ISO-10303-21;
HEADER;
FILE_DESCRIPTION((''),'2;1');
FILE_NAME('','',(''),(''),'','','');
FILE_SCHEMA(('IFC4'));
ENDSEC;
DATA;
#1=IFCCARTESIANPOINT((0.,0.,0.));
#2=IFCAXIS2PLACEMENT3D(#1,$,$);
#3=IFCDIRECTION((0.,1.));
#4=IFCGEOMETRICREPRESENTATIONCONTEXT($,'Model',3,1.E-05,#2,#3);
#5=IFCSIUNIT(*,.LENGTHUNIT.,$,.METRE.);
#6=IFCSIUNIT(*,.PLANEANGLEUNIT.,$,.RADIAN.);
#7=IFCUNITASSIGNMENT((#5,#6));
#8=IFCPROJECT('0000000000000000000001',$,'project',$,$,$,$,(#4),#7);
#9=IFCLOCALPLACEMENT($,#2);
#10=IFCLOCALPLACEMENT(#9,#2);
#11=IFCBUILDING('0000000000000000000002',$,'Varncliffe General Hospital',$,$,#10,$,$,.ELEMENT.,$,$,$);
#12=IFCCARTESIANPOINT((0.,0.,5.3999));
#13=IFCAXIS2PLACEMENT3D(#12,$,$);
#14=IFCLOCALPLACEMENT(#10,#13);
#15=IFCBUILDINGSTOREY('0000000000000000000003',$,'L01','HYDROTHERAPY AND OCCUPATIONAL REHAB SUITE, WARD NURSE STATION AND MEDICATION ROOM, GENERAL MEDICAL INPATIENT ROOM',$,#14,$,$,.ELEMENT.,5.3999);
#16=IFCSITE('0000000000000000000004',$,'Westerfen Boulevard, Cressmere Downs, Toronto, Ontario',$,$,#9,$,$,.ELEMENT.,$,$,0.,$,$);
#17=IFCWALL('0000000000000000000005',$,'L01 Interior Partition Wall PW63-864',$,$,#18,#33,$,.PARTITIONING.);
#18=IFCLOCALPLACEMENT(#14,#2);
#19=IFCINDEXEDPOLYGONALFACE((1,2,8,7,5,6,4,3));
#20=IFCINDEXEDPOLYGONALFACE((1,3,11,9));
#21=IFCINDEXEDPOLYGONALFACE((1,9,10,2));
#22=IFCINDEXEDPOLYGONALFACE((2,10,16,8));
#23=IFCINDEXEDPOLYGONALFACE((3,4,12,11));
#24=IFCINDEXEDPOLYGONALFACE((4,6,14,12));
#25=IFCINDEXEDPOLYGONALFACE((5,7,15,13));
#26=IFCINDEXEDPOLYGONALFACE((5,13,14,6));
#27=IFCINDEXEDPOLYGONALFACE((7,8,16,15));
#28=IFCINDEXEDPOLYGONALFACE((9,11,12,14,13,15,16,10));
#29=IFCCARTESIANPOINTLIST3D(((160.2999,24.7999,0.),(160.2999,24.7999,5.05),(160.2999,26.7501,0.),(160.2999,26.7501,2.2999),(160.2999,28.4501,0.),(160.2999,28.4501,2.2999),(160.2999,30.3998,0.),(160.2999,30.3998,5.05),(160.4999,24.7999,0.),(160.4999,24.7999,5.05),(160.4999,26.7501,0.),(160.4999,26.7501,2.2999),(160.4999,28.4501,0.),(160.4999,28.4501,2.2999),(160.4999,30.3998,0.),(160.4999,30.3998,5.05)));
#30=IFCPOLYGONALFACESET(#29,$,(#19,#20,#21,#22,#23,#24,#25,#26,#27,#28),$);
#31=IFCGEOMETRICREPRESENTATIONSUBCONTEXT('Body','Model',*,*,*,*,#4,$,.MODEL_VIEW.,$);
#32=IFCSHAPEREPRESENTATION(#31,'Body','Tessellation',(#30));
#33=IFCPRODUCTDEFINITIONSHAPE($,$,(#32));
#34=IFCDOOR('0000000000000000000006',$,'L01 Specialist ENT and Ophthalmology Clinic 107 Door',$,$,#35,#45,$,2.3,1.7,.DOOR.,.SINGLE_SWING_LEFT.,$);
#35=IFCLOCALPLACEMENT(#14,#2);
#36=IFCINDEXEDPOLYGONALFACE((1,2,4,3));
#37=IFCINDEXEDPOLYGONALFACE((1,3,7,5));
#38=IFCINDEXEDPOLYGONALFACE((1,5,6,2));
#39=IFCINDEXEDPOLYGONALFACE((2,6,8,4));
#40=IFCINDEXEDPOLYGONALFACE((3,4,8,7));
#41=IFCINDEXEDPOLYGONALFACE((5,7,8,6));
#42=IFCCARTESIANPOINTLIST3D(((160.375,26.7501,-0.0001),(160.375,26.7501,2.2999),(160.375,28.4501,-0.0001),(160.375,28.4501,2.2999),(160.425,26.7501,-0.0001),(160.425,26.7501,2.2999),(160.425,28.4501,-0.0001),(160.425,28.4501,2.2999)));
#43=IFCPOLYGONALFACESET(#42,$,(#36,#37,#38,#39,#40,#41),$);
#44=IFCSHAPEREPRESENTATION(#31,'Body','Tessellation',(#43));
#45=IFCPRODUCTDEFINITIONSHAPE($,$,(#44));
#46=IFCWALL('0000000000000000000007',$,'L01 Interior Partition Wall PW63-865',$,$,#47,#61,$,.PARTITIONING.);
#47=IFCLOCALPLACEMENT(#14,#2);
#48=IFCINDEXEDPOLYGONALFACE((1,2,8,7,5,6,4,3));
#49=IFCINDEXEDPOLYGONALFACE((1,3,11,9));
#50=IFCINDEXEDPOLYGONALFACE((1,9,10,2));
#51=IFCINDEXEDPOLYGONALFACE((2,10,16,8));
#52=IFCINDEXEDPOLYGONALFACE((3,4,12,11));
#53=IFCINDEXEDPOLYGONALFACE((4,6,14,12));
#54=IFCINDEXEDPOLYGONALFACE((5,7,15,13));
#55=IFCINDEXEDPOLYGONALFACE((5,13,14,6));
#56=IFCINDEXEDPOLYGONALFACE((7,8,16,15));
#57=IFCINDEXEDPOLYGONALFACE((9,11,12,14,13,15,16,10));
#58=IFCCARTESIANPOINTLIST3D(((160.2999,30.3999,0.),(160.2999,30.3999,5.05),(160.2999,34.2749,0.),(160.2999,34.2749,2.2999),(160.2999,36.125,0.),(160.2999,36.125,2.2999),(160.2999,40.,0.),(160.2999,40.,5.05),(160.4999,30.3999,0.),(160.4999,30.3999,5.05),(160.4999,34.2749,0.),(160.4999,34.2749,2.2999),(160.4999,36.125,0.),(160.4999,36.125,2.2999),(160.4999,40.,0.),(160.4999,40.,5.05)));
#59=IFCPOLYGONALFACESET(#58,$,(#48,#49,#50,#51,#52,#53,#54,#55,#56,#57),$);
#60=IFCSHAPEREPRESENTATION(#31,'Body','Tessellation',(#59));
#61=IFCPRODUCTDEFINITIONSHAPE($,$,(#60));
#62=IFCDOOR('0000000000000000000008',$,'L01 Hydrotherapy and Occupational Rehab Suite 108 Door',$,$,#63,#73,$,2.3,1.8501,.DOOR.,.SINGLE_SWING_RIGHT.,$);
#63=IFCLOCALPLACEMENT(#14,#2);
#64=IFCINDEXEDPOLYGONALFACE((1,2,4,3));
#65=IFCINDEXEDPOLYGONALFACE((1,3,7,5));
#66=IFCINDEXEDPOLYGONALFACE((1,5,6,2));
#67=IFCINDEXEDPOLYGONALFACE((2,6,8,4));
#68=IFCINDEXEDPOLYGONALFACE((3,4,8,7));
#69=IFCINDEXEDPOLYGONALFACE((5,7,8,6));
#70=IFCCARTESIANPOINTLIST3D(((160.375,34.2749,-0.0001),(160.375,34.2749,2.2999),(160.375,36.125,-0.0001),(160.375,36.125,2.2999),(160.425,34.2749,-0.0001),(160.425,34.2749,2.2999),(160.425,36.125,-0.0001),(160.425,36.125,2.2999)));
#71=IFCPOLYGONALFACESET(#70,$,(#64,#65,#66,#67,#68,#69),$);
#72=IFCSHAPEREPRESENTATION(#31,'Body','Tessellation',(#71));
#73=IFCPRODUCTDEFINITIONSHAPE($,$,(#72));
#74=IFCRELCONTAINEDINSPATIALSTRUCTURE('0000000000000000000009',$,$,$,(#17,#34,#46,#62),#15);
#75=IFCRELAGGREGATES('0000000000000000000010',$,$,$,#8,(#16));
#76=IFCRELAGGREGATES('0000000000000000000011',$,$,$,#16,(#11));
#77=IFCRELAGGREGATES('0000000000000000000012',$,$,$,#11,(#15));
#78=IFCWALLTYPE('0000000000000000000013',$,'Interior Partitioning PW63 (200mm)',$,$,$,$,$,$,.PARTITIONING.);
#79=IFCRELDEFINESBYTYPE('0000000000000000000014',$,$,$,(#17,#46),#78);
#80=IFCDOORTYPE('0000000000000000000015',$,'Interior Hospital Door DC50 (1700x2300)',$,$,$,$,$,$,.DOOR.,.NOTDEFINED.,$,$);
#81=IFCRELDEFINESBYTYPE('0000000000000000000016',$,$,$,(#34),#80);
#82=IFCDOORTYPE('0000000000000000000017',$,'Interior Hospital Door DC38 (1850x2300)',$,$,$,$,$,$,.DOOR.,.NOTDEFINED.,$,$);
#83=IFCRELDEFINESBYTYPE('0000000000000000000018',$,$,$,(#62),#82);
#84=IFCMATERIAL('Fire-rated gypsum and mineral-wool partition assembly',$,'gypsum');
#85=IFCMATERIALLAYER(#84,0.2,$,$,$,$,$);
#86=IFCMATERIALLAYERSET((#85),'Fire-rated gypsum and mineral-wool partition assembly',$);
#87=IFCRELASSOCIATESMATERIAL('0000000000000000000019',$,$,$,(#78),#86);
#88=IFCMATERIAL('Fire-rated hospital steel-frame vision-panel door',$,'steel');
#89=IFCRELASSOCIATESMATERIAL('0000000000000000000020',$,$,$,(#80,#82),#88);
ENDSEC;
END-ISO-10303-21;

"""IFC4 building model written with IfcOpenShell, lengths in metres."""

from ifc_helpers import new_model, si_unit, direction, frame, frame_2d, origin, place, context, subcontext, project, spatial, rectangle, extrude, material, layer, layer_set, type_object, element, fill, save


model = new_model("IFC4")

# Units and contexts
model_context = context("Model", 3, precision=1e-05, world=origin(), true_north=direction((0.0, 1.0)))
body_context = subcontext(model_context, "Body", "Model", "MODEL_VIEW")
ifc_project = project(units=[si_unit("LENGTHUNIT", "METRE"), si_unit("PLANEANGLEUNIT", "RADIAN")], contexts=[model_context])

# Site, building, storey
site_placement = place(None, origin())
site = spatial("IfcSite", under=ifc_project, at=site_placement, Name="Westerfen Boulevard, Cressmere Downs, Toronto, Ontario", CompositionType="ELEMENT", RefElevation=0.0)
building_placement = place(site_placement, origin())
building = spatial("IfcBuilding", under=site, at=building_placement, Name="Varncliffe General Hospital", CompositionType="ELEMENT")
storey_placement = place(building_placement, frame((0.0, 0.0, 5.3999)))
storey = spatial("IfcBuildingStorey", under=building, at=storey_placement, Name="L01", Description="HYDROTHERAPY AND OCCUPATIONAL REHAB SUITE, WARD NURSE STATION AND MEDICATION ROOM, GENERAL MEDICAL INPATIENT ROOM", CompositionType="ELEMENT", Elevation=5.3999)

# Walls, openings, doors
ifc_material_1 = material(Name="Fire-rated gypsum and mineral-wool partition assembly", Category="gypsum")
ifc_layer_1 = layer(ifc_material_1, 0.2)
ifc_layer_set_1 = layer_set([ifc_layer_1], Name="Fire-rated gypsum and mineral-wool partition assembly")
wall_type_1 = type_object("IfcWallType", Name="Interior Partitioning PW63 (200mm)", PredefinedType="PARTITIONING", material=ifc_layer_set_1)
wall_1_placement = place(storey_placement, frame((160.3999, 24.8, 0.0), z_axis=(0.0, 0.0, 1.0), x_axis=(0.0, 1.0, 0.0)))
wall_1 = element("IfcWall", 1, at=wall_1_placement, inside=storey, type_object=wall_type_1, Name="L01 Interior Partition Wall PW63-864", PredefinedType="PARTITIONING", context=body_context, shape_type="SweptSolid", body=[
    extrude(rectangle(XDim=5.5999, YDim=0.2, at=frame_2d((2.7998, 0.0))), origin(), (0.0, 0.0, 1.0), 5.05),
])
opening_1_placement = place(wall_1_placement, frame((1.95, 0.0, 0.0)))
opening_1 = element("IfcOpeningElement", 2, at=opening_1_placement, cuts=wall_1, PredefinedType="OPENING", context=body_context, shape_type="SweptSolid", body=[
    extrude(rectangle(XDim=1.7, YDim=2.3, at=frame_2d((0.8501, 1.1499))), frame((0.0, 0.1099, 0.0), z_axis=(0.0, -1.0, 0.0), x_axis=(1.0, 0.0, 0.0)), (0.0, 0.0, 1.0), 0.22),
])
ifc_material_2 = material(Name="Fire-rated hospital steel-frame vision-panel door", Category="steel")
door_type_1 = type_object("IfcDoorType", Name="Interior Hospital Door DC50 (1700x2300)", OperationType="NOTDEFINED", PredefinedType="DOOR", material=ifc_material_2)
door_1_placement = place(opening_1_placement, origin())
door_1 = element("IfcDoor", 3, at=door_1_placement, inside=storey, type_object=door_type_1, Name="L01 Specialist ENT and Ophthalmology Clinic 107 Door", OperationType="SINGLE_SWING_LEFT", OverallHeight=2.3, OverallWidth=1.7, PredefinedType="DOOR", context=body_context, shape_type="SweptSolid", body=[
    extrude(rectangle(XDim=1.7, YDim=2.3, at=frame_2d((0.8501, 1.1499))), frame((0.0, 0.0249, 0.0), z_axis=(0.0, -1.0, 0.0), x_axis=(1.0, 0.0, 0.0)), (0.0, 0.0, 1.0), 0.05),
])
fill(opening_1, door_1)
wall_2_placement = place(storey_placement, frame((160.3999, 30.3999, 0.0), z_axis=(0.0, 0.0, 1.0), x_axis=(0.0, 1.0, 0.0)))
wall_2 = element("IfcWall", 4, at=wall_2_placement, inside=storey, type_object=wall_type_1, Name="L01 Interior Partition Wall PW63-865", PredefinedType="PARTITIONING", context=body_context, shape_type="SweptSolid", body=[
    extrude(rectangle(XDim=9.6001, YDim=0.2, at=frame_2d((4.8, 0.0))), origin(), (0.0, 0.0, 1.0), 5.05),
])
opening_2_placement = place(wall_2_placement, frame((3.875, 0.0, 0.0)))
opening_2 = element("IfcOpeningElement", 5, at=opening_2_placement, cuts=wall_2, PredefinedType="OPENING", context=body_context, shape_type="SweptSolid", body=[
    extrude(rectangle(XDim=1.8501, YDim=2.3, at=frame_2d((0.925, 1.1499))), frame((0.0, 0.1099, 0.0), z_axis=(0.0, -1.0, 0.0), x_axis=(1.0, 0.0, 0.0)), (0.0, 0.0, 1.0), 0.22),
])
door_type_2 = type_object("IfcDoorType", Name="Interior Hospital Door DC38 (1850x2300)", OperationType="NOTDEFINED", PredefinedType="DOOR", material=ifc_material_2)
door_2_placement = place(opening_2_placement, origin())
door_2 = element("IfcDoor", 6, at=door_2_placement, inside=storey, type_object=door_type_2, Name="L01 Hydrotherapy and Occupational Rehab Suite 108 Door", OperationType="SINGLE_SWING_RIGHT", OverallHeight=2.3, OverallWidth=1.8501, PredefinedType="DOOR", context=body_context, shape_type="SweptSolid", body=[
    extrude(rectangle(XDim=1.8501, YDim=2.3, at=frame_2d((0.925, 1.1499))), frame((0.0, 0.0249, 0.0), z_axis=(0.0, -1.0, 0.0), x_axis=(1.0, 0.0, 0.0)), (0.0, 0.0, 1.0), 0.05),
])
fill(opening_2, door_2)

save(model, "model.ifc")
